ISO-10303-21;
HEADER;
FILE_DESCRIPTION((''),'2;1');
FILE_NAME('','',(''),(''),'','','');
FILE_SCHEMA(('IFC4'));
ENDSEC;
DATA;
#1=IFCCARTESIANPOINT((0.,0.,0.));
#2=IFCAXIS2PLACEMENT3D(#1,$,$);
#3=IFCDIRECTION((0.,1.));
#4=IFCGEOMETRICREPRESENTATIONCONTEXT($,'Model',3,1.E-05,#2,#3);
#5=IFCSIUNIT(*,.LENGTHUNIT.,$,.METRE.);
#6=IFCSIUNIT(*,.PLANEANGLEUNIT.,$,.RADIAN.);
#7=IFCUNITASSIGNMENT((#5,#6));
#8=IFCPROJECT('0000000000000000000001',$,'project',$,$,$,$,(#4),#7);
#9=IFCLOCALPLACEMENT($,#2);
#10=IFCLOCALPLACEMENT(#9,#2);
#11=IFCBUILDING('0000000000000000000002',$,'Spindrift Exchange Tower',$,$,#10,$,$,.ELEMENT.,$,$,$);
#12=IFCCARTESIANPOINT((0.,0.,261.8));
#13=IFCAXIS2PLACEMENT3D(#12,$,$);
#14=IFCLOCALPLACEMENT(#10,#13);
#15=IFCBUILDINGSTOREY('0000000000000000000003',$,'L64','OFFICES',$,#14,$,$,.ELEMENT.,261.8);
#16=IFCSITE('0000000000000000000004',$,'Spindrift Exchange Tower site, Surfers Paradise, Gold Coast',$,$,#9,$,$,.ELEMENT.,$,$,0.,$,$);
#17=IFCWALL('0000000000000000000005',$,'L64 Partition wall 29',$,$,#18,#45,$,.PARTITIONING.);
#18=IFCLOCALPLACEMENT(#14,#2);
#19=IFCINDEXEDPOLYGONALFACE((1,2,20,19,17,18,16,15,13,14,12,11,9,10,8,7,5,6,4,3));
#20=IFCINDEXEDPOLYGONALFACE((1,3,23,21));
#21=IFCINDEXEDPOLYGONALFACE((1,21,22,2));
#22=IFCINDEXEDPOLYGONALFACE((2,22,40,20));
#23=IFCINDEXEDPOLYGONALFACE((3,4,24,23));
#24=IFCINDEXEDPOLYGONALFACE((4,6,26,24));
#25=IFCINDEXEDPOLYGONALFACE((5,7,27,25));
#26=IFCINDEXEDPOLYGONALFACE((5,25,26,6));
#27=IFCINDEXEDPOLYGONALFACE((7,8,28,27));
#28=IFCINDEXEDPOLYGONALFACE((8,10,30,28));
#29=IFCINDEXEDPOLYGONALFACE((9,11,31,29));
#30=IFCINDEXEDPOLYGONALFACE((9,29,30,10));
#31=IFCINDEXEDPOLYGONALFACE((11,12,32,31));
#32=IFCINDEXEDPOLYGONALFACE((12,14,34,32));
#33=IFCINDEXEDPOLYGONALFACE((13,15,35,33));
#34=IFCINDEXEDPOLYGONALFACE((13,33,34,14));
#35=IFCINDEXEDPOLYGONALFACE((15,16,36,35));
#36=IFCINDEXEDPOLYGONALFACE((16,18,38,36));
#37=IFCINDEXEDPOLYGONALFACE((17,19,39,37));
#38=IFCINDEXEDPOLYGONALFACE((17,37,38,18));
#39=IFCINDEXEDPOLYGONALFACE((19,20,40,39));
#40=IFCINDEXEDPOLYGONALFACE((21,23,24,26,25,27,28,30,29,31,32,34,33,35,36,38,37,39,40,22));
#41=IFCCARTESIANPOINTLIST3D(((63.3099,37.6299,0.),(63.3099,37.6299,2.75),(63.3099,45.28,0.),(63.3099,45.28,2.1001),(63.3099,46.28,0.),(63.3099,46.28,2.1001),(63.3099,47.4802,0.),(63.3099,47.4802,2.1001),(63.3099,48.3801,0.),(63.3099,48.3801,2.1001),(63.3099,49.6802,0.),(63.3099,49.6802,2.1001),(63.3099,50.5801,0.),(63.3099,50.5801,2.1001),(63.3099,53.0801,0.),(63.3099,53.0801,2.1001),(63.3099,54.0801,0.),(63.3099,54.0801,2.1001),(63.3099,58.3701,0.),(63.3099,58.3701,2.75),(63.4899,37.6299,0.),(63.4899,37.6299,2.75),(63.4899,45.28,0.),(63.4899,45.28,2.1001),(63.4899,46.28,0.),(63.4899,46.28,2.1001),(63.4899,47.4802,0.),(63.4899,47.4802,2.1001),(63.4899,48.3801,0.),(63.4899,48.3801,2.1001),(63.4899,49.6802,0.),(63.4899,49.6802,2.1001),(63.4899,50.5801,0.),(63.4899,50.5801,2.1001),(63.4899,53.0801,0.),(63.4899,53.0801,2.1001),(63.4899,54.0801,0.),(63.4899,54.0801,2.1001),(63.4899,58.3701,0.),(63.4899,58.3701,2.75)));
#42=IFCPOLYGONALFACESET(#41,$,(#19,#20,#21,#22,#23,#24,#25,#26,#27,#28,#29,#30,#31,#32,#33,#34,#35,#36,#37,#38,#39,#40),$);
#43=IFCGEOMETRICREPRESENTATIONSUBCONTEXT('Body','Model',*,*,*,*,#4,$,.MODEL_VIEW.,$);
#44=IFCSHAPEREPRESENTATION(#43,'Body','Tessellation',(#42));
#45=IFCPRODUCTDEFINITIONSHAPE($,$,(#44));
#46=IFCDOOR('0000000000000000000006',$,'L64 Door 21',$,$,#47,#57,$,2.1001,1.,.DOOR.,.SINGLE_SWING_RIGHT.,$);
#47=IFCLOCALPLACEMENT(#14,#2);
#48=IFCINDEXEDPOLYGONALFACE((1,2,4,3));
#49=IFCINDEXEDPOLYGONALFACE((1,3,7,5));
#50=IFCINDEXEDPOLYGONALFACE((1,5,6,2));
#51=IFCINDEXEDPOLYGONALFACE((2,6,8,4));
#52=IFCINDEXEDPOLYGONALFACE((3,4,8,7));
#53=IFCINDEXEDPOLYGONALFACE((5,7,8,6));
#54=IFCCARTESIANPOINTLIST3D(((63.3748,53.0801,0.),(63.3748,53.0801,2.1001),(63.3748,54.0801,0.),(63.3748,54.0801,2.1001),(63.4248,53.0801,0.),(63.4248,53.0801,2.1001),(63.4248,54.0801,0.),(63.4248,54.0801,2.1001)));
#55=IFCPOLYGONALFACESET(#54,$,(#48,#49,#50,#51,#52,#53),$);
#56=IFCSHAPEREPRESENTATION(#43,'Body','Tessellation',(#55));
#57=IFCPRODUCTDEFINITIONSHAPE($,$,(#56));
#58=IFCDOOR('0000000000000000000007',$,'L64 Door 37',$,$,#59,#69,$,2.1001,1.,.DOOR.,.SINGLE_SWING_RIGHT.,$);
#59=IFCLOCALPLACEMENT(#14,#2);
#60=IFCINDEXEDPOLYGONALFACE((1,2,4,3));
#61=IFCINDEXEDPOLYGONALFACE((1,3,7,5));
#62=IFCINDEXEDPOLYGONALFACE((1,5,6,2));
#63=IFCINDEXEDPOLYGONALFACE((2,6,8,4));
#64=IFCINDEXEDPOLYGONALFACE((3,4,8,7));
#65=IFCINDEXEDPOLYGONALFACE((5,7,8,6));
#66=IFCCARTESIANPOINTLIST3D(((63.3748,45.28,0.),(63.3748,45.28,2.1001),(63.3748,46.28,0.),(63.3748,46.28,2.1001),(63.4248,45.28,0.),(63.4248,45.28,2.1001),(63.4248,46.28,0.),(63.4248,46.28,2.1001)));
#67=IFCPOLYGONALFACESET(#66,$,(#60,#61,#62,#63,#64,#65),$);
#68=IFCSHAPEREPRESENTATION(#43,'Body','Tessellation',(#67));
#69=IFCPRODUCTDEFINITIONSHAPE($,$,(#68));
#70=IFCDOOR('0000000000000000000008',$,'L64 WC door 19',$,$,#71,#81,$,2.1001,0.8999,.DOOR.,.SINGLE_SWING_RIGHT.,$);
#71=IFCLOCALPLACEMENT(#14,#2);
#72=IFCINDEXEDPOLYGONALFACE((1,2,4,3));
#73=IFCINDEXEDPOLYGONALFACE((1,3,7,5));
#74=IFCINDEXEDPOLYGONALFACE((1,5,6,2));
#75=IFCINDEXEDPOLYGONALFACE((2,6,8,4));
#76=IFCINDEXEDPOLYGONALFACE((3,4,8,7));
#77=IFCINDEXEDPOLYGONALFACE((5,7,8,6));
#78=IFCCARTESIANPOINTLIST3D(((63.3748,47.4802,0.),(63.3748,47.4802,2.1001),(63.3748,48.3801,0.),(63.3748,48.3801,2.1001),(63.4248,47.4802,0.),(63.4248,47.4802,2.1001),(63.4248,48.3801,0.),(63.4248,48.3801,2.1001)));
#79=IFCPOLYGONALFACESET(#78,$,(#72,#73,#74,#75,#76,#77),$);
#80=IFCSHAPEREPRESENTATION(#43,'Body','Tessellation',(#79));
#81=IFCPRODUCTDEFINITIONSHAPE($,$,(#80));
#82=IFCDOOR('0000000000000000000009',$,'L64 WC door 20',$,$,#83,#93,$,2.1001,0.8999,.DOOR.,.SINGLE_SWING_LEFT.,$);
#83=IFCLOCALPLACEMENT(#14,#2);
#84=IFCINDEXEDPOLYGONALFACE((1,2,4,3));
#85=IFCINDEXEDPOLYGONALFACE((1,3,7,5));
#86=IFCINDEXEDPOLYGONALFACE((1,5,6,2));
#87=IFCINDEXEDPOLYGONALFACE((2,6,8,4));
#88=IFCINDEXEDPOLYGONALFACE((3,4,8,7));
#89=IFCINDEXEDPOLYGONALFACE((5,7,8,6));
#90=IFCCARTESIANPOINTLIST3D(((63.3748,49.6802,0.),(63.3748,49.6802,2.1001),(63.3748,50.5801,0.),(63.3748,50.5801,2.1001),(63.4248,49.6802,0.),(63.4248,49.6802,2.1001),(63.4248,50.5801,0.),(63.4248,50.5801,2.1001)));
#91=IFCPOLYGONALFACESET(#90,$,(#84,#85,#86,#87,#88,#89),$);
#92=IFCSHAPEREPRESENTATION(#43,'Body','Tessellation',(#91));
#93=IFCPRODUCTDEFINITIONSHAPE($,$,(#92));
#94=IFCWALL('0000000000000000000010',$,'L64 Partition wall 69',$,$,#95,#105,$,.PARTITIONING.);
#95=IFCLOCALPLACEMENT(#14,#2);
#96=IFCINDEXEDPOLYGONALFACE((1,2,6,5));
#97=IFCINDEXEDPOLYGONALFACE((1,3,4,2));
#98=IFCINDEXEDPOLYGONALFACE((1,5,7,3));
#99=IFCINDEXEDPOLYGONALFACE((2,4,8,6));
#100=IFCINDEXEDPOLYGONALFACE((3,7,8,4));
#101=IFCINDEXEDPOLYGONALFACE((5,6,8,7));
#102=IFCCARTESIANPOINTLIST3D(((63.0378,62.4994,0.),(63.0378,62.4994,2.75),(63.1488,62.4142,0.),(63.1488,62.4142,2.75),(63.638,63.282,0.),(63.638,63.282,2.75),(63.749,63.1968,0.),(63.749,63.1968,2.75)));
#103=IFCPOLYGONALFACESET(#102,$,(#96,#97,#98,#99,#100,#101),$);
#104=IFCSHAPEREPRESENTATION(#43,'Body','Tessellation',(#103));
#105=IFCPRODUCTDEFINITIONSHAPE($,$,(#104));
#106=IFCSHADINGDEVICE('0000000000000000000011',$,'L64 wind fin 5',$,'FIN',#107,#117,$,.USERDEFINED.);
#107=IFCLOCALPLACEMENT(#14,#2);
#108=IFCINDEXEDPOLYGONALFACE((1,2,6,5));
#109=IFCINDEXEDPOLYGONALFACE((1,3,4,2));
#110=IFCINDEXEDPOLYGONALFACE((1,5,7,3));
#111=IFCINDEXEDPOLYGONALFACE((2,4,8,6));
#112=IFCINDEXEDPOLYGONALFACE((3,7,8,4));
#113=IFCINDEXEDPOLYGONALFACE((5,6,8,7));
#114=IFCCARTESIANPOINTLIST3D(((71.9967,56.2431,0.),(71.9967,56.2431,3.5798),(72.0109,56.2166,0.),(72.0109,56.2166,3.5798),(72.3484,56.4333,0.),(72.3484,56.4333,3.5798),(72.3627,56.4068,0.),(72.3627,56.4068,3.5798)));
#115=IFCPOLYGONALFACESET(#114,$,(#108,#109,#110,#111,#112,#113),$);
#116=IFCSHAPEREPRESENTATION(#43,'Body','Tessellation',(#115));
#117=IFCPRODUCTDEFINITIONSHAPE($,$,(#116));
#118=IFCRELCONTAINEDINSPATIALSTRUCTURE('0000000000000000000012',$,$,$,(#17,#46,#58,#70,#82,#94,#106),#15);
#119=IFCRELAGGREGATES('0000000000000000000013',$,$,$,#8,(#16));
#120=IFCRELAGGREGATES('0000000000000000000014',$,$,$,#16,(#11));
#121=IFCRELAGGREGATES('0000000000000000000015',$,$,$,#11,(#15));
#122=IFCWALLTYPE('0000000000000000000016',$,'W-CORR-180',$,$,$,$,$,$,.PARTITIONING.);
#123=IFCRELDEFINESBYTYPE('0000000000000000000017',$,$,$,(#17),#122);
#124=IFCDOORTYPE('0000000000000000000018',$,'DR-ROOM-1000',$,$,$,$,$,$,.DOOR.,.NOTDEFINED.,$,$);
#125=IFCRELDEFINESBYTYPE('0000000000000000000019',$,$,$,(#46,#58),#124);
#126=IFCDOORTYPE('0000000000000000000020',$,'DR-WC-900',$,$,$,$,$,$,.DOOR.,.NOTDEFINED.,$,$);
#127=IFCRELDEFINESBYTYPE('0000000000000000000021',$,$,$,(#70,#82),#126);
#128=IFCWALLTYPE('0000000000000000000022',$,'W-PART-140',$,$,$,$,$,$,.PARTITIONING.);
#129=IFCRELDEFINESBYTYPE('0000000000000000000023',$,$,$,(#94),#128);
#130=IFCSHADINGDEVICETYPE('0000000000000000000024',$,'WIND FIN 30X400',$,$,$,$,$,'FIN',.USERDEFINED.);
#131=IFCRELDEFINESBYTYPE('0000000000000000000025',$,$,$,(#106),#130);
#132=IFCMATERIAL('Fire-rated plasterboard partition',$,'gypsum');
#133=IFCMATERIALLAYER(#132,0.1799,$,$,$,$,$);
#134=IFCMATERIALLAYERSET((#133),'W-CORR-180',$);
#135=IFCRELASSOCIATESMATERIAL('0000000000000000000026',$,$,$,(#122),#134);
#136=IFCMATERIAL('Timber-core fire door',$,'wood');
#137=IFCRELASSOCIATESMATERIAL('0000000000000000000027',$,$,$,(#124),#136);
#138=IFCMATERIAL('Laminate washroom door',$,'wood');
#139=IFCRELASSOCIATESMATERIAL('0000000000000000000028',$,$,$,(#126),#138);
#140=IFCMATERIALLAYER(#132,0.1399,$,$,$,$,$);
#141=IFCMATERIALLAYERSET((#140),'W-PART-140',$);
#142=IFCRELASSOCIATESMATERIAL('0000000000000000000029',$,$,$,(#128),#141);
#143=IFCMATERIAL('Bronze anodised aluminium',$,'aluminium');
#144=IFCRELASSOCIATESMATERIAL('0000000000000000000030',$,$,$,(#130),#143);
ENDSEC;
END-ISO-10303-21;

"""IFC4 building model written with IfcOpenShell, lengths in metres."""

from ifc_helpers import new_model, si_unit, direction, frame, frame_2d, origin, origin_2d, place, context, subcontext, project, spatial, rectangle, extrude, source, transform, mapped, material, layer, layer_set, material_profile, profile_set, type_object, element, fill, save


model = new_model("IFC4")

# Units and contexts
model_context = context("Model", 3, precision=1e-05, world=origin(), true_north=direction((0.0, 1.0)))
body_context = subcontext(model_context, "Body", "Model", "MODEL_VIEW")
ifc_project = project(units=[si_unit("LENGTHUNIT", "METRE"), si_unit("PLANEANGLEUNIT", "RADIAN")], contexts=[model_context])

# Site, building, storey
site_placement = place(None, origin())
site = spatial("IfcSite", under=ifc_project, at=site_placement, Name="Spindrift Exchange Tower site, Surfers Paradise, Gold Coast", CompositionType="ELEMENT", RefElevation=0.0)
building_placement = place(site_placement, origin())
building = spatial("IfcBuilding", under=site, at=building_placement, Name="Spindrift Exchange Tower", CompositionType="ELEMENT")
storey_placement = place(building_placement, frame((0.0, 0.0, 261.8)))
storey = spatial("IfcBuildingStorey", under=building, at=storey_placement, Name="L64", Description="OFFICES", CompositionType="ELEMENT", Elevation=261.8)

# Shared definitions
ifc_material_1 = material(Name="Bronze anodised aluminium", Category="aluminium")

# Wall, openings, doors
ifc_material_2 = material(Name="Fire-rated plasterboard partition", Category="gypsum")
ifc_layer_1 = layer(ifc_material_2, 0.1799)
ifc_layer_set_1 = layer_set([ifc_layer_1], Name="W-CORR-180")
wall_type_1 = type_object("IfcWallType", Name="W-CORR-180", PredefinedType="PARTITIONING", material=ifc_layer_set_1)
wall_1_placement = place(storey_placement, frame((63.3999, 58.3701, 0.0), z_axis=(0.0, 0.0, 1.0), x_axis=(0.0, -1.0, 0.0)))
wall_1 = element("IfcWall", 1, at=wall_1_placement, inside=storey, type_object=wall_type_1, Name="L64 Partition wall 29", PredefinedType="PARTITIONING", context=body_context, shape_type="SweptSolid", body=[
    extrude(rectangle(XDim=20.7402, YDim=0.1799, at=frame_2d((10.3701, 0.0))), origin(), (0.0, 0.0, 1.0), 2.75),
])
opening_1_placement = place(wall_1_placement, frame((9.99, 0.0, 0.0)))
opening_1 = element("IfcOpeningElement", 2, at=opening_1_placement, cuts=wall_1, PredefinedType="OPENING", context=body_context, shape_type="SweptSolid", body=[
    extrude(rectangle(XDim=0.8999, YDim=2.1001, at=frame_2d((0.45, 1.05))), frame((0.0, 0.0999, 0.0), z_axis=(0.0, -1.0, 0.0), x_axis=(1.0, 0.0, 0.0)), (0.0, 0.0, 1.0), 0.2),
])
opening_2_placement = place(wall_1_placement, frame((7.79, 0.0, 0.0)))
opening_2 = element("IfcOpeningElement", 3, at=opening_2_placement, cuts=wall_1, PredefinedType="OPENING", context=body_context, shape_type="SweptSolid", body=[
    extrude(rectangle(XDim=0.8999, YDim=2.1001, at=frame_2d((0.45, 1.05))), frame((0.0, 0.0999, 0.0), z_axis=(0.0, -1.0, 0.0), x_axis=(1.0, 0.0, 0.0)), (0.0, 0.0, 1.0), 0.2),
])
opening_3_placement = place(wall_1_placement, frame((4.29, 0.0, 0.0)))
opening_3 = element("IfcOpeningElement", 4, at=opening_3_placement, cuts=wall_1, PredefinedType="OPENING", context=body_context, shape_type="SweptSolid", body=[
    extrude(rectangle(XDim=1.0, YDim=2.1001, at=frame_2d((0.5, 1.05))), frame((0.0, 0.0999, 0.0), z_axis=(0.0, -1.0, 0.0), x_axis=(1.0, 0.0, 0.0)), (0.0, 0.0, 1.0), 0.2),
])
opening_4_placement = place(wall_1_placement, frame((12.0901, 0.0, 0.0)))
opening_4 = element("IfcOpeningElement", 5, at=opening_4_placement, cuts=wall_1, PredefinedType="OPENING", context=body_context, shape_type="SweptSolid", body=[
    extrude(rectangle(XDim=1.0, YDim=2.1001, at=frame_2d((0.5, 1.05))), frame((0.0, 0.0999, 0.0), z_axis=(0.0, -1.0, 0.0), x_axis=(1.0, 0.0, 0.0)), (0.0, 0.0, 1.0), 0.2),
])
ifc_material_3 = material(Name="Timber-core fire door", Category="wood")
door_type_1 = type_object("IfcDoorType", Name="DR-ROOM-1000", OperationType="NOTDEFINED", PredefinedType="DOOR", material=ifc_material_3)
shared_shape_1 = source(origin(), body_context, "Body", "SweptSolid", [
    extrude(rectangle(XDim=1.0, YDim=2.1001, at=frame_2d((0.5, 1.05))), frame((0.0, 0.0249, 0.0), z_axis=(0.0, -1.0, 0.0), x_axis=(1.0, 0.0, 0.0)), (0.0, 0.0, 1.0), 0.05),
])
door_1_placement = place(opening_3_placement, origin())
door_1 = element("IfcDoor", 6, at=door_1_placement, inside=storey, type_object=door_type_1, Name="L64 Door 21", OperationType="SINGLE_SWING_RIGHT", OverallHeight=2.1001, OverallWidth=1.0, PredefinedType="DOOR", context=body_context, shape_type="MappedRepresentation", body=[
    mapped(shared_shape_1, transform((0.0, 0.0, 0.0), scale=1.0)),
])
fill(opening_3, door_1)
door_2_placement = place(opening_4_placement, origin())
door_2 = element("IfcDoor", 7, at=door_2_placement, inside=storey, type_object=door_type_1, Name="L64 Door 37", OperationType="SINGLE_SWING_RIGHT", OverallHeight=2.1001, OverallWidth=1.0, PredefinedType="DOOR", context=body_context, shape_type="MappedRepresentation", body=[
    mapped(shared_shape_1, transform((0.0, 0.0, 0.0), scale=1.0)),
])
fill(opening_4, door_2)
ifc_material_4 = material(Name="Laminate washroom door", Category="wood")
door_type_2 = type_object("IfcDoorType", Name="DR-WC-900", OperationType="NOTDEFINED", PredefinedType="DOOR", material=ifc_material_4)
shared_shape_2 = source(origin(), body_context, "Body", "SweptSolid", [
    extrude(rectangle(XDim=0.8999, YDim=2.1001, at=frame_2d((0.45, 1.05))), frame((0.0, 0.0249, 0.0), z_axis=(0.0, -1.0, 0.0), x_axis=(1.0, 0.0, 0.0)), (0.0, 0.0, 1.0), 0.05),
])
door_3_placement = place(opening_1_placement, origin())
door_3 = element("IfcDoor", 8, at=door_3_placement, inside=storey, type_object=door_type_2, Name="L64 WC door 19", OperationType="SINGLE_SWING_RIGHT", OverallHeight=2.1001, OverallWidth=0.8999, PredefinedType="DOOR", context=body_context, shape_type="MappedRepresentation", body=[
    mapped(shared_shape_2, transform((0.0, 0.0, 0.0), scale=1.0)),
])
fill(opening_1, door_3)
door_4_placement = place(opening_2_placement, origin())
door_4 = element("IfcDoor", 9, at=door_4_placement, inside=storey, type_object=door_type_2, Name="L64 WC door 20", OperationType="SINGLE_SWING_LEFT", OverallHeight=2.1001, OverallWidth=0.8999, PredefinedType="DOOR", context=body_context, shape_type="MappedRepresentation", body=[
    mapped(shared_shape_2, transform((0.0, 0.0, 0.0), scale=1.0)),
])
fill(opening_2, door_4)

# Wall
ifc_layer_2 = layer(ifc_material_2, 0.1399)
ifc_layer_set_2 = layer_set([ifc_layer_2], Name="W-PART-140")
wall_type_2 = type_object("IfcWallType", Name="W-PART-140", PredefinedType="PARTITIONING", material=ifc_layer_set_2)
wall_2_placement = place(storey_placement, frame((63.0933, 62.4568, 0.0), z_axis=(0.0, 0.0, 1.0), x_axis=(0.608598, 0.793479, 0.0)))
element("IfcWall", 10, at=wall_2_placement, inside=storey, type_object=wall_type_2, Name="L64 Partition wall 69", PredefinedType="PARTITIONING", context=body_context, shape_type="SweptSolid", body=[
    extrude(rectangle(XDim=0.9863, YDim=0.1399, at=frame_2d((0.4932, 0.0))), origin(), (0.0, 0.0, 1.0), 2.75),
])

# Shading device
ifc_material_profile_1 = material_profile(ifc_material_1, rectangle(XDim=0.03, YDim=0.3999, at=origin_2d()), Name="WIND FIN 30X400")
ifc_profile_set_1 = profile_set([ifc_material_profile_1], Name="Bronze anodised aluminium")
shading_device_type = type_object("IfcShadingDeviceType", Name="WIND FIN 30X400", ElementType="FIN", PredefinedType="USERDEFINED", material=ifc_profile_set_1)
shared_shape_3 = source(origin(), body_context, "Body", "SweptSolid", [
    extrude(rectangle(XDim=0.03, YDim=0.3999, at=origin_2d()), origin(), (0.0, 0.0, 1.0), 3.5798),
])
shading_device_placement = place(storey_placement, frame((72.1797, 56.325, 0.0), z_axis=(0.0, 0.0, 1.0), x_axis=(-0.475592, 0.879666, 0.0)))
element("IfcShadingDevice", 11, at=shading_device_placement, inside=storey, type_object=shading_device_type, Name="L64 wind fin 5", ObjectType="FIN", PredefinedType="USERDEFINED", context=body_context, shape_type="MappedRepresentation", body=[
    mapped(shared_shape_3, transform((0.0, 0.0, 0.0), scale=1.0)),
])

save(model, "model.ifc")
